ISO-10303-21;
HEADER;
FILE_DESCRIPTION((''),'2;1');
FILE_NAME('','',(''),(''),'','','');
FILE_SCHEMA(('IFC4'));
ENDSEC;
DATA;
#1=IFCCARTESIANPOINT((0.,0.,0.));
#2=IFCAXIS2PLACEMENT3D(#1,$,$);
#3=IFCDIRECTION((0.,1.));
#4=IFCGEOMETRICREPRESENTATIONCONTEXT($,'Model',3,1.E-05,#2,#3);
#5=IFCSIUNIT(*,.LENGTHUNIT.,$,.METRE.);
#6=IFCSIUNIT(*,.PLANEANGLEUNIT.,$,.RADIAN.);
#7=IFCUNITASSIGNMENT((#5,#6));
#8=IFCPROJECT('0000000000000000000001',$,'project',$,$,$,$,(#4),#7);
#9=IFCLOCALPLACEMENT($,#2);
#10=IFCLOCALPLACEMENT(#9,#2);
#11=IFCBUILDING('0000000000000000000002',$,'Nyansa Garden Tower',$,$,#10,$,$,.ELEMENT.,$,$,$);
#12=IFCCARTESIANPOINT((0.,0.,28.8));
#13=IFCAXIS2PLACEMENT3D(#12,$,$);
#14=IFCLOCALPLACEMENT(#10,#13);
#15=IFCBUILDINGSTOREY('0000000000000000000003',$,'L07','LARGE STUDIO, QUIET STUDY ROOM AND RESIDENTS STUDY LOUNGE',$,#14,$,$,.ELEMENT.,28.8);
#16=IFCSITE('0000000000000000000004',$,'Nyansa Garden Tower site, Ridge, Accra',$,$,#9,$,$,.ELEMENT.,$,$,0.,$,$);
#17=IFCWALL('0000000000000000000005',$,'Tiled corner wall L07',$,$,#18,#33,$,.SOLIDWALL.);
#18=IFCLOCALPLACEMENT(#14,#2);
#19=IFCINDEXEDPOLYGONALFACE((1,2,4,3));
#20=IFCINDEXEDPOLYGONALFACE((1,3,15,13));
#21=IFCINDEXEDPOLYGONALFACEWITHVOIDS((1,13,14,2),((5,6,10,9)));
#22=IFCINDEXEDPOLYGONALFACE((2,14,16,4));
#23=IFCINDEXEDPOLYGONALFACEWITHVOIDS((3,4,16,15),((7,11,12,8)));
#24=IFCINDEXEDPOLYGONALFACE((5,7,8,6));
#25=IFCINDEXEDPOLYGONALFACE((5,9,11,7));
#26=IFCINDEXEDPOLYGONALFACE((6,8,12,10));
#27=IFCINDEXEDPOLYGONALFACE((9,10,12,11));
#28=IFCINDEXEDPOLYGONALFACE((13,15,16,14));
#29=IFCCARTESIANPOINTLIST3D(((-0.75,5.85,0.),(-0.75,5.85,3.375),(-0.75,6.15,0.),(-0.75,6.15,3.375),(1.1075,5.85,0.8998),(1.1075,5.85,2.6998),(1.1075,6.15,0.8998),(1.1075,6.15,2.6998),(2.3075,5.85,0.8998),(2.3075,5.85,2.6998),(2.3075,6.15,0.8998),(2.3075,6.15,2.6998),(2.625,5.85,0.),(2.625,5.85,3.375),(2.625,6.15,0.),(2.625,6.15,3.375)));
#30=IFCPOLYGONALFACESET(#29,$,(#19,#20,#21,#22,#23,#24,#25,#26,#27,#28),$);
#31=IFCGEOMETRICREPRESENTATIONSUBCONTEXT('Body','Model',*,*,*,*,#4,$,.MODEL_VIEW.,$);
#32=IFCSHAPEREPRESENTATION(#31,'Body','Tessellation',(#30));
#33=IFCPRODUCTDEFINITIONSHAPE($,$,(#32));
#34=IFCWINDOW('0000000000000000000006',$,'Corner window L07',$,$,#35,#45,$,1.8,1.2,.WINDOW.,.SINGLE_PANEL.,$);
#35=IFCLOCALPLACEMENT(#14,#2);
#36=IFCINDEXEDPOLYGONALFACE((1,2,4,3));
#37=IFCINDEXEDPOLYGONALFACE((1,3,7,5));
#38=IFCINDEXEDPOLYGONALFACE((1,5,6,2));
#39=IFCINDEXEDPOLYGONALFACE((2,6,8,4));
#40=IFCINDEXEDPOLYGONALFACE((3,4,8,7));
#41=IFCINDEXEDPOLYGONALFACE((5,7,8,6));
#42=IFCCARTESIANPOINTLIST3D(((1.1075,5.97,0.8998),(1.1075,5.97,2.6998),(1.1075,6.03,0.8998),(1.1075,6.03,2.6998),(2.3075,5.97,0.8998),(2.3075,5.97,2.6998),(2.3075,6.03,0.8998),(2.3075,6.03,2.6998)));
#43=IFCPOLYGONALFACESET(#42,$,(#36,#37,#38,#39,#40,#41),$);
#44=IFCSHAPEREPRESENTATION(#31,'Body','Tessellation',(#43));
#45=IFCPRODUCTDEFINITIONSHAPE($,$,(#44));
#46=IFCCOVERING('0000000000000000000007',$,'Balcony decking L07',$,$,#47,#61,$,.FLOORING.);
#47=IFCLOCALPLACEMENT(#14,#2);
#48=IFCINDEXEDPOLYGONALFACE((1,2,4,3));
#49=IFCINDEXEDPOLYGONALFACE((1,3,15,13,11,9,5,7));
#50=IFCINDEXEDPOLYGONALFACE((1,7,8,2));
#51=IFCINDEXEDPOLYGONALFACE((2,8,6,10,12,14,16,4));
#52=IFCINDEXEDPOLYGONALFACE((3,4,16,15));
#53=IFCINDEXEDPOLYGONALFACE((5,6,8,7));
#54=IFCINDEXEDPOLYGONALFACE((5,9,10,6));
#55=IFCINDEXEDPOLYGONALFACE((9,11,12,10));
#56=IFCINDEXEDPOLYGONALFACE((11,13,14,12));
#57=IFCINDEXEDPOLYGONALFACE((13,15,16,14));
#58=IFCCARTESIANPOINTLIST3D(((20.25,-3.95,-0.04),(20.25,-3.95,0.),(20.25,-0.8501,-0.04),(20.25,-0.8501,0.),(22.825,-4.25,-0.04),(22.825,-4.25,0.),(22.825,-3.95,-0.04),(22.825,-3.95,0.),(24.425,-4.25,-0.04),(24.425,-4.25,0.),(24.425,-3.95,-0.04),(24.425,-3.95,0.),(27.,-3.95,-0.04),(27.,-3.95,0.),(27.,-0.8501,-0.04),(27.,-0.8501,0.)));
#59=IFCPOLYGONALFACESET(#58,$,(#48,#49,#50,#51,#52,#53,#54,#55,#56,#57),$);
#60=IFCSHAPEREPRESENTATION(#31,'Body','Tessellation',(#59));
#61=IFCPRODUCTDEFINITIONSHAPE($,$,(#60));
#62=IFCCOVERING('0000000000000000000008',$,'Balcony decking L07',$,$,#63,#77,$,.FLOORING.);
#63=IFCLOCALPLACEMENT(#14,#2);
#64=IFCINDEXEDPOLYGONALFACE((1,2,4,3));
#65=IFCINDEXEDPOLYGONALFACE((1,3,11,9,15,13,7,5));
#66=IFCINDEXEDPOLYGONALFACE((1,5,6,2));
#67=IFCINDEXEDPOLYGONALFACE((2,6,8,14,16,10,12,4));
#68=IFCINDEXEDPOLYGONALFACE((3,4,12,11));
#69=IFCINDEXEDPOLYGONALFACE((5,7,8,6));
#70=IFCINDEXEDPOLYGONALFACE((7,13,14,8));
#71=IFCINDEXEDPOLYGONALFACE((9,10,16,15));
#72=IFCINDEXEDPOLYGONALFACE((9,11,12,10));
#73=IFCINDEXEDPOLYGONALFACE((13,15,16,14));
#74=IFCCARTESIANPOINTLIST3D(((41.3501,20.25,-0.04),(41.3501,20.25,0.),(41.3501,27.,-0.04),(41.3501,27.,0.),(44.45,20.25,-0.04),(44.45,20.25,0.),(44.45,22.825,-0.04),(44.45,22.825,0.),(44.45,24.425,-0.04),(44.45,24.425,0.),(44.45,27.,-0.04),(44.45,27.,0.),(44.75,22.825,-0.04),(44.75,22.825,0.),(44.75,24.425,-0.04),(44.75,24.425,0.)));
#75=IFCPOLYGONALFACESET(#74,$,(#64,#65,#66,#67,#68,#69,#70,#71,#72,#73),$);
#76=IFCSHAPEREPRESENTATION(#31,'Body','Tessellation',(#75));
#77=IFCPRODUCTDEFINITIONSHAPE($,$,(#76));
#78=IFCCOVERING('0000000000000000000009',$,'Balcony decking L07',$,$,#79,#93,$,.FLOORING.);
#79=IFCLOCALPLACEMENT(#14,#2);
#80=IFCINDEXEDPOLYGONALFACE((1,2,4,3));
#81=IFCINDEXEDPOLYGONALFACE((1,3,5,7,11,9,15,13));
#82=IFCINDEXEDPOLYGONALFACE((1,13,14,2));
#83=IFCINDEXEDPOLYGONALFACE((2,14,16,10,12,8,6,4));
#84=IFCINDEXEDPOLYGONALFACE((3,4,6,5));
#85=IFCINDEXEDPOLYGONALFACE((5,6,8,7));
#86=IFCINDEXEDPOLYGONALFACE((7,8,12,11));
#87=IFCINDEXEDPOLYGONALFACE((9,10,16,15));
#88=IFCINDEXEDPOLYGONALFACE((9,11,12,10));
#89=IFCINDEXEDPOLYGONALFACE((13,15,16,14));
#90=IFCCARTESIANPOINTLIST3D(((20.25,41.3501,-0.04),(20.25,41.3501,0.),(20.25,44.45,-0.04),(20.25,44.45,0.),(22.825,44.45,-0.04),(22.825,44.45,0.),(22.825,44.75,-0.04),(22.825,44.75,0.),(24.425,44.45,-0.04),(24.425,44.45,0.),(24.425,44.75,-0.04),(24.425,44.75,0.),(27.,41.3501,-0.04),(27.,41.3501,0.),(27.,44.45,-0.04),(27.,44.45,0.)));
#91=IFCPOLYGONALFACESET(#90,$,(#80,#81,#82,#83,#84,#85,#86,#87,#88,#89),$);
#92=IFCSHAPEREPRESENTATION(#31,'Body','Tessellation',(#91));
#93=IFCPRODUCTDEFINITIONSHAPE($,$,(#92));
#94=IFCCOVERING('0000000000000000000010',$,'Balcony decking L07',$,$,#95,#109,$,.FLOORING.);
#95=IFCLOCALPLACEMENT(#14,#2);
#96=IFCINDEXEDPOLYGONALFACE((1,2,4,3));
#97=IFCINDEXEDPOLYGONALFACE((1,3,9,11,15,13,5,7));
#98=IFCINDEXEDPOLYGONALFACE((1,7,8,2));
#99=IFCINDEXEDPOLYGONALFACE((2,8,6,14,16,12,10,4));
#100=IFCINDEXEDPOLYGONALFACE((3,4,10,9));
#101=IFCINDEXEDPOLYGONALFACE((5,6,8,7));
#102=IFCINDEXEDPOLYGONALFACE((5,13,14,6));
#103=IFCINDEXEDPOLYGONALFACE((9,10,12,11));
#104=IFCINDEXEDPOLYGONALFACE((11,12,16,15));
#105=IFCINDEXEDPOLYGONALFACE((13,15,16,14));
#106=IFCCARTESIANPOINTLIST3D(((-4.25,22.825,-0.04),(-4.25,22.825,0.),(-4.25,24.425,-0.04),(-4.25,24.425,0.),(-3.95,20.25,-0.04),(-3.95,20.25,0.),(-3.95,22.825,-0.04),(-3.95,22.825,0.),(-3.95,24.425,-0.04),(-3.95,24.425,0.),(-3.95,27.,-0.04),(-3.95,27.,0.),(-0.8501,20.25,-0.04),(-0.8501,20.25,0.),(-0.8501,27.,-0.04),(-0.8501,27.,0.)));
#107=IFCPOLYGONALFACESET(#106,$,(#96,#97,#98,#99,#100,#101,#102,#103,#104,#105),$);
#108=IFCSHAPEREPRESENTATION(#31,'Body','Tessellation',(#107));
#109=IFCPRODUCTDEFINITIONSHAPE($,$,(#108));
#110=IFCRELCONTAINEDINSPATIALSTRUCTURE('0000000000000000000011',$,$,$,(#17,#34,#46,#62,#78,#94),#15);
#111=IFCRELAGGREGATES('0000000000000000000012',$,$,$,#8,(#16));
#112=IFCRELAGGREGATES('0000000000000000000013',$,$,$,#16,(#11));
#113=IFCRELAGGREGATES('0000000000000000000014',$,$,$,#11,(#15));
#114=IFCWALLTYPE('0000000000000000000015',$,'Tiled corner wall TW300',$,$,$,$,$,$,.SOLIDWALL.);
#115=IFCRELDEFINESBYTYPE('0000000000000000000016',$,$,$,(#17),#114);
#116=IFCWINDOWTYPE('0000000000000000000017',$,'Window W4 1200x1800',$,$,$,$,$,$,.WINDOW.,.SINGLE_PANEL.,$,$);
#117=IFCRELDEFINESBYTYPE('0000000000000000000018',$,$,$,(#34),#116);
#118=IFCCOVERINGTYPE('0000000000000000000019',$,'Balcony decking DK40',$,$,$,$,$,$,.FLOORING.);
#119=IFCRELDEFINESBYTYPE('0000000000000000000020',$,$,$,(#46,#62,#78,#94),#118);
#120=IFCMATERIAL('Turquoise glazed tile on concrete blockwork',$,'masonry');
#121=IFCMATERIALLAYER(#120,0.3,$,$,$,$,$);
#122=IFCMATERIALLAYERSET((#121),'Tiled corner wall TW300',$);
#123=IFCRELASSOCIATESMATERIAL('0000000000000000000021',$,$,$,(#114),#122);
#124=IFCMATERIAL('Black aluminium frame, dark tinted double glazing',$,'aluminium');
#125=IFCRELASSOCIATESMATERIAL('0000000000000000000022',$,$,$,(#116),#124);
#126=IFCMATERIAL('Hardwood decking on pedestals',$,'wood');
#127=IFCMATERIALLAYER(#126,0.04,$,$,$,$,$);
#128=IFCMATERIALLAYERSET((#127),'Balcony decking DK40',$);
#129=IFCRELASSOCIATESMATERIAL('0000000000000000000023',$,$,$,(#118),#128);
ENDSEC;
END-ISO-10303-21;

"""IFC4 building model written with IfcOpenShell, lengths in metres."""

from ifc_helpers import new_model, si_unit, direction, frame, frame_2d, origin, place, context, subcontext, project, spatial, polyline, rectangle, outline, extrude, material, layer, layer_set, type_object, element, fill, save


model = new_model("IFC4")

# Units and contexts
model_context = context("Model", 3, precision=1e-05, world=origin(), true_north=direction((0.0, 1.0)))
body_context = subcontext(model_context, "Body", "Model", "MODEL_VIEW")
ifc_project = project(units=[si_unit("LENGTHUNIT", "METRE"), si_unit("PLANEANGLEUNIT", "RADIAN")], contexts=[model_context])

# Site, building, storey
site_placement = place(None, origin())
site = spatial("IfcSite", under=ifc_project, at=site_placement, Name="Nyansa Garden Tower site, Ridge, Accra", CompositionType="ELEMENT", RefElevation=0.0)
building_placement = place(site_placement, origin())
building = spatial("IfcBuilding", under=site, at=building_placement, Name="Nyansa Garden Tower", CompositionType="ELEMENT")
storey_placement = place(building_placement, frame((0.0, 0.0, 28.8)))
storey = spatial("IfcBuildingStorey", under=building, at=storey_placement, Name="L07", Description="LARGE STUDIO, QUIET STUDY ROOM AND RESIDENTS STUDY LOUNGE", CompositionType="ELEMENT", Elevation=28.8)

# Wall, opening, window
ifc_material_1 = material(Name="Turquoise glazed tile on concrete blockwork", Category="masonry")
ifc_layer_1 = layer(ifc_material_1, 0.3)
ifc_layer_set_1 = layer_set([ifc_layer_1], Name="Tiled corner wall TW300")
wall_type = type_object("IfcWallType", Name="Tiled corner wall TW300", PredefinedType="SOLIDWALL", material=ifc_layer_set_1)
wall_placement = place(storey_placement, frame((-0.75, 6.0, 0.0), z_axis=(0.0, 0.0, 1.0), x_axis=(1.0, 0.0, 0.0)))
wall = element("IfcWall", 1, at=wall_placement, inside=storey, type_object=wall_type, Name="Tiled corner wall L07", PredefinedType="SOLIDWALL", context=body_context, shape_type="SweptSolid", body=[
    extrude(rectangle(XDim=3.375, YDim=0.3, at=frame_2d((1.6875, 0.0))), origin(), (0.0, 0.0, 1.0), 3.375),
])
opening_placement = place(wall_placement, frame((1.8574, 0.0, 0.8999)))
opening = element("IfcOpeningElement", 2, at=opening_placement, cuts=wall, PredefinedType="OPENING", context=body_context, shape_type="SweptSolid", body=[
    extrude(rectangle(XDim=1.2, YDim=1.8, at=frame_2d((0.6001, 0.8999))), frame((0.0, 0.1599, 0.0), z_axis=(0.0, -1.0, 0.0), x_axis=(1.0, 0.0, 0.0)), (0.0, 0.0, 1.0), 0.3201),
])
ifc_material_2 = material(Name="Black aluminium frame, dark tinted double glazing", Category="aluminium")
window_type = type_object("IfcWindowType", Name="Window W4 1200x1800", PartitioningType="SINGLE_PANEL", PredefinedType="WINDOW", material=ifc_material_2)
window_placement = place(opening_placement, origin())
window = element("IfcWindow", 3, at=window_placement, inside=storey, type_object=window_type, Name="Corner window L07", OverallHeight=1.8, OverallWidth=1.2, PartitioningType="SINGLE_PANEL", PredefinedType="WINDOW", context=body_context, shape_type="SweptSolid", body=[
    extrude(rectangle(XDim=1.2, YDim=1.8, at=frame_2d((0.6001, 0.8999))), frame((0.0, 0.03, 0.0), z_axis=(0.0, -1.0, 0.0), x_axis=(1.0, 0.0, 0.0)), (0.0, 0.0, 1.0), 0.0601),
])
fill(opening, window)

# Coverings
ifc_material_3 = material(Name="Hardwood decking on pedestals", Category="wood")
ifc_layer_2 = layer(ifc_material_3, 0.04)
ifc_layer_set_2 = layer_set([ifc_layer_2], Name="Balcony decking DK40")
covering_type = type_object("IfcCoveringType", Name="Balcony decking DK40", PredefinedType="FLOORING", material=ifc_layer_set_2)
covering_1_placement = place(storey_placement, frame((0.0, 0.0, -0.04)))
element("IfcCovering", 4, at=covering_1_placement, inside=storey, type_object=covering_type, Name="Balcony decking L07", PredefinedType="FLOORING", context=body_context, shape_type="SweptSolid", body=[
    extrude(outline(polyline([(20.25, -0.8501), (27.0, -0.8501), (27.0, -3.95), (24.425, -3.95), (24.425, -4.25), (22.825, -4.25), (22.825, -3.95), (20.25, -3.95), (20.25, -0.8501)])), origin(), (0.0, 0.0, 1.0), 0.04),
])
covering_2_placement = place(storey_placement, frame((0.0, 0.0, -0.04)))
element("IfcCovering", 5, at=covering_2_placement, inside=storey, type_object=covering_type, Name="Balcony decking L07", PredefinedType="FLOORING", context=body_context, shape_type="SweptSolid", body=[
    extrude(outline(polyline([(41.3501, 20.25), (41.3501, 27.0), (44.45, 27.0), (44.45, 24.425), (44.75, 24.425), (44.75, 22.825), (44.45, 22.825), (44.45, 20.25), (41.3501, 20.25)])), origin(), (0.0, 0.0, 1.0), 0.04),
])
covering_3_placement = place(storey_placement, frame((0.0, 0.0, -0.04)))
element("IfcCovering", 6, at=covering_3_placement, inside=storey, type_object=covering_type, Name="Balcony decking L07", PredefinedType="FLOORING", context=body_context, shape_type="SweptSolid", body=[
    extrude(outline(polyline([(20.25, 41.3501), (27.0, 41.3501), (27.0, 44.45), (24.425, 44.45), (24.425, 44.75), (22.825, 44.75), (22.825, 44.45), (20.25, 44.45), (20.25, 41.3501)])), origin(), (0.0, 0.0, 1.0), 0.04),
])
covering_4_placement = place(storey_placement, frame((0.0, 0.0, -0.04)))
element("IfcCovering", 7, at=covering_4_placement, inside=storey, type_object=covering_type, Name="Balcony decking L07", PredefinedType="FLOORING", context=body_context, shape_type="SweptSolid", body=[
    extrude(outline(polyline([(-0.8501, 20.25), (-0.8501, 27.0), (-3.95, 27.0), (-3.95, 24.425), (-4.25, 24.425), (-4.25, 22.825), (-3.95, 22.825), (-3.95, 20.25), (-0.8501, 20.25)])), origin(), (0.0, 0.0, 1.0), 0.04),
])

save(model, "model.ifc")
